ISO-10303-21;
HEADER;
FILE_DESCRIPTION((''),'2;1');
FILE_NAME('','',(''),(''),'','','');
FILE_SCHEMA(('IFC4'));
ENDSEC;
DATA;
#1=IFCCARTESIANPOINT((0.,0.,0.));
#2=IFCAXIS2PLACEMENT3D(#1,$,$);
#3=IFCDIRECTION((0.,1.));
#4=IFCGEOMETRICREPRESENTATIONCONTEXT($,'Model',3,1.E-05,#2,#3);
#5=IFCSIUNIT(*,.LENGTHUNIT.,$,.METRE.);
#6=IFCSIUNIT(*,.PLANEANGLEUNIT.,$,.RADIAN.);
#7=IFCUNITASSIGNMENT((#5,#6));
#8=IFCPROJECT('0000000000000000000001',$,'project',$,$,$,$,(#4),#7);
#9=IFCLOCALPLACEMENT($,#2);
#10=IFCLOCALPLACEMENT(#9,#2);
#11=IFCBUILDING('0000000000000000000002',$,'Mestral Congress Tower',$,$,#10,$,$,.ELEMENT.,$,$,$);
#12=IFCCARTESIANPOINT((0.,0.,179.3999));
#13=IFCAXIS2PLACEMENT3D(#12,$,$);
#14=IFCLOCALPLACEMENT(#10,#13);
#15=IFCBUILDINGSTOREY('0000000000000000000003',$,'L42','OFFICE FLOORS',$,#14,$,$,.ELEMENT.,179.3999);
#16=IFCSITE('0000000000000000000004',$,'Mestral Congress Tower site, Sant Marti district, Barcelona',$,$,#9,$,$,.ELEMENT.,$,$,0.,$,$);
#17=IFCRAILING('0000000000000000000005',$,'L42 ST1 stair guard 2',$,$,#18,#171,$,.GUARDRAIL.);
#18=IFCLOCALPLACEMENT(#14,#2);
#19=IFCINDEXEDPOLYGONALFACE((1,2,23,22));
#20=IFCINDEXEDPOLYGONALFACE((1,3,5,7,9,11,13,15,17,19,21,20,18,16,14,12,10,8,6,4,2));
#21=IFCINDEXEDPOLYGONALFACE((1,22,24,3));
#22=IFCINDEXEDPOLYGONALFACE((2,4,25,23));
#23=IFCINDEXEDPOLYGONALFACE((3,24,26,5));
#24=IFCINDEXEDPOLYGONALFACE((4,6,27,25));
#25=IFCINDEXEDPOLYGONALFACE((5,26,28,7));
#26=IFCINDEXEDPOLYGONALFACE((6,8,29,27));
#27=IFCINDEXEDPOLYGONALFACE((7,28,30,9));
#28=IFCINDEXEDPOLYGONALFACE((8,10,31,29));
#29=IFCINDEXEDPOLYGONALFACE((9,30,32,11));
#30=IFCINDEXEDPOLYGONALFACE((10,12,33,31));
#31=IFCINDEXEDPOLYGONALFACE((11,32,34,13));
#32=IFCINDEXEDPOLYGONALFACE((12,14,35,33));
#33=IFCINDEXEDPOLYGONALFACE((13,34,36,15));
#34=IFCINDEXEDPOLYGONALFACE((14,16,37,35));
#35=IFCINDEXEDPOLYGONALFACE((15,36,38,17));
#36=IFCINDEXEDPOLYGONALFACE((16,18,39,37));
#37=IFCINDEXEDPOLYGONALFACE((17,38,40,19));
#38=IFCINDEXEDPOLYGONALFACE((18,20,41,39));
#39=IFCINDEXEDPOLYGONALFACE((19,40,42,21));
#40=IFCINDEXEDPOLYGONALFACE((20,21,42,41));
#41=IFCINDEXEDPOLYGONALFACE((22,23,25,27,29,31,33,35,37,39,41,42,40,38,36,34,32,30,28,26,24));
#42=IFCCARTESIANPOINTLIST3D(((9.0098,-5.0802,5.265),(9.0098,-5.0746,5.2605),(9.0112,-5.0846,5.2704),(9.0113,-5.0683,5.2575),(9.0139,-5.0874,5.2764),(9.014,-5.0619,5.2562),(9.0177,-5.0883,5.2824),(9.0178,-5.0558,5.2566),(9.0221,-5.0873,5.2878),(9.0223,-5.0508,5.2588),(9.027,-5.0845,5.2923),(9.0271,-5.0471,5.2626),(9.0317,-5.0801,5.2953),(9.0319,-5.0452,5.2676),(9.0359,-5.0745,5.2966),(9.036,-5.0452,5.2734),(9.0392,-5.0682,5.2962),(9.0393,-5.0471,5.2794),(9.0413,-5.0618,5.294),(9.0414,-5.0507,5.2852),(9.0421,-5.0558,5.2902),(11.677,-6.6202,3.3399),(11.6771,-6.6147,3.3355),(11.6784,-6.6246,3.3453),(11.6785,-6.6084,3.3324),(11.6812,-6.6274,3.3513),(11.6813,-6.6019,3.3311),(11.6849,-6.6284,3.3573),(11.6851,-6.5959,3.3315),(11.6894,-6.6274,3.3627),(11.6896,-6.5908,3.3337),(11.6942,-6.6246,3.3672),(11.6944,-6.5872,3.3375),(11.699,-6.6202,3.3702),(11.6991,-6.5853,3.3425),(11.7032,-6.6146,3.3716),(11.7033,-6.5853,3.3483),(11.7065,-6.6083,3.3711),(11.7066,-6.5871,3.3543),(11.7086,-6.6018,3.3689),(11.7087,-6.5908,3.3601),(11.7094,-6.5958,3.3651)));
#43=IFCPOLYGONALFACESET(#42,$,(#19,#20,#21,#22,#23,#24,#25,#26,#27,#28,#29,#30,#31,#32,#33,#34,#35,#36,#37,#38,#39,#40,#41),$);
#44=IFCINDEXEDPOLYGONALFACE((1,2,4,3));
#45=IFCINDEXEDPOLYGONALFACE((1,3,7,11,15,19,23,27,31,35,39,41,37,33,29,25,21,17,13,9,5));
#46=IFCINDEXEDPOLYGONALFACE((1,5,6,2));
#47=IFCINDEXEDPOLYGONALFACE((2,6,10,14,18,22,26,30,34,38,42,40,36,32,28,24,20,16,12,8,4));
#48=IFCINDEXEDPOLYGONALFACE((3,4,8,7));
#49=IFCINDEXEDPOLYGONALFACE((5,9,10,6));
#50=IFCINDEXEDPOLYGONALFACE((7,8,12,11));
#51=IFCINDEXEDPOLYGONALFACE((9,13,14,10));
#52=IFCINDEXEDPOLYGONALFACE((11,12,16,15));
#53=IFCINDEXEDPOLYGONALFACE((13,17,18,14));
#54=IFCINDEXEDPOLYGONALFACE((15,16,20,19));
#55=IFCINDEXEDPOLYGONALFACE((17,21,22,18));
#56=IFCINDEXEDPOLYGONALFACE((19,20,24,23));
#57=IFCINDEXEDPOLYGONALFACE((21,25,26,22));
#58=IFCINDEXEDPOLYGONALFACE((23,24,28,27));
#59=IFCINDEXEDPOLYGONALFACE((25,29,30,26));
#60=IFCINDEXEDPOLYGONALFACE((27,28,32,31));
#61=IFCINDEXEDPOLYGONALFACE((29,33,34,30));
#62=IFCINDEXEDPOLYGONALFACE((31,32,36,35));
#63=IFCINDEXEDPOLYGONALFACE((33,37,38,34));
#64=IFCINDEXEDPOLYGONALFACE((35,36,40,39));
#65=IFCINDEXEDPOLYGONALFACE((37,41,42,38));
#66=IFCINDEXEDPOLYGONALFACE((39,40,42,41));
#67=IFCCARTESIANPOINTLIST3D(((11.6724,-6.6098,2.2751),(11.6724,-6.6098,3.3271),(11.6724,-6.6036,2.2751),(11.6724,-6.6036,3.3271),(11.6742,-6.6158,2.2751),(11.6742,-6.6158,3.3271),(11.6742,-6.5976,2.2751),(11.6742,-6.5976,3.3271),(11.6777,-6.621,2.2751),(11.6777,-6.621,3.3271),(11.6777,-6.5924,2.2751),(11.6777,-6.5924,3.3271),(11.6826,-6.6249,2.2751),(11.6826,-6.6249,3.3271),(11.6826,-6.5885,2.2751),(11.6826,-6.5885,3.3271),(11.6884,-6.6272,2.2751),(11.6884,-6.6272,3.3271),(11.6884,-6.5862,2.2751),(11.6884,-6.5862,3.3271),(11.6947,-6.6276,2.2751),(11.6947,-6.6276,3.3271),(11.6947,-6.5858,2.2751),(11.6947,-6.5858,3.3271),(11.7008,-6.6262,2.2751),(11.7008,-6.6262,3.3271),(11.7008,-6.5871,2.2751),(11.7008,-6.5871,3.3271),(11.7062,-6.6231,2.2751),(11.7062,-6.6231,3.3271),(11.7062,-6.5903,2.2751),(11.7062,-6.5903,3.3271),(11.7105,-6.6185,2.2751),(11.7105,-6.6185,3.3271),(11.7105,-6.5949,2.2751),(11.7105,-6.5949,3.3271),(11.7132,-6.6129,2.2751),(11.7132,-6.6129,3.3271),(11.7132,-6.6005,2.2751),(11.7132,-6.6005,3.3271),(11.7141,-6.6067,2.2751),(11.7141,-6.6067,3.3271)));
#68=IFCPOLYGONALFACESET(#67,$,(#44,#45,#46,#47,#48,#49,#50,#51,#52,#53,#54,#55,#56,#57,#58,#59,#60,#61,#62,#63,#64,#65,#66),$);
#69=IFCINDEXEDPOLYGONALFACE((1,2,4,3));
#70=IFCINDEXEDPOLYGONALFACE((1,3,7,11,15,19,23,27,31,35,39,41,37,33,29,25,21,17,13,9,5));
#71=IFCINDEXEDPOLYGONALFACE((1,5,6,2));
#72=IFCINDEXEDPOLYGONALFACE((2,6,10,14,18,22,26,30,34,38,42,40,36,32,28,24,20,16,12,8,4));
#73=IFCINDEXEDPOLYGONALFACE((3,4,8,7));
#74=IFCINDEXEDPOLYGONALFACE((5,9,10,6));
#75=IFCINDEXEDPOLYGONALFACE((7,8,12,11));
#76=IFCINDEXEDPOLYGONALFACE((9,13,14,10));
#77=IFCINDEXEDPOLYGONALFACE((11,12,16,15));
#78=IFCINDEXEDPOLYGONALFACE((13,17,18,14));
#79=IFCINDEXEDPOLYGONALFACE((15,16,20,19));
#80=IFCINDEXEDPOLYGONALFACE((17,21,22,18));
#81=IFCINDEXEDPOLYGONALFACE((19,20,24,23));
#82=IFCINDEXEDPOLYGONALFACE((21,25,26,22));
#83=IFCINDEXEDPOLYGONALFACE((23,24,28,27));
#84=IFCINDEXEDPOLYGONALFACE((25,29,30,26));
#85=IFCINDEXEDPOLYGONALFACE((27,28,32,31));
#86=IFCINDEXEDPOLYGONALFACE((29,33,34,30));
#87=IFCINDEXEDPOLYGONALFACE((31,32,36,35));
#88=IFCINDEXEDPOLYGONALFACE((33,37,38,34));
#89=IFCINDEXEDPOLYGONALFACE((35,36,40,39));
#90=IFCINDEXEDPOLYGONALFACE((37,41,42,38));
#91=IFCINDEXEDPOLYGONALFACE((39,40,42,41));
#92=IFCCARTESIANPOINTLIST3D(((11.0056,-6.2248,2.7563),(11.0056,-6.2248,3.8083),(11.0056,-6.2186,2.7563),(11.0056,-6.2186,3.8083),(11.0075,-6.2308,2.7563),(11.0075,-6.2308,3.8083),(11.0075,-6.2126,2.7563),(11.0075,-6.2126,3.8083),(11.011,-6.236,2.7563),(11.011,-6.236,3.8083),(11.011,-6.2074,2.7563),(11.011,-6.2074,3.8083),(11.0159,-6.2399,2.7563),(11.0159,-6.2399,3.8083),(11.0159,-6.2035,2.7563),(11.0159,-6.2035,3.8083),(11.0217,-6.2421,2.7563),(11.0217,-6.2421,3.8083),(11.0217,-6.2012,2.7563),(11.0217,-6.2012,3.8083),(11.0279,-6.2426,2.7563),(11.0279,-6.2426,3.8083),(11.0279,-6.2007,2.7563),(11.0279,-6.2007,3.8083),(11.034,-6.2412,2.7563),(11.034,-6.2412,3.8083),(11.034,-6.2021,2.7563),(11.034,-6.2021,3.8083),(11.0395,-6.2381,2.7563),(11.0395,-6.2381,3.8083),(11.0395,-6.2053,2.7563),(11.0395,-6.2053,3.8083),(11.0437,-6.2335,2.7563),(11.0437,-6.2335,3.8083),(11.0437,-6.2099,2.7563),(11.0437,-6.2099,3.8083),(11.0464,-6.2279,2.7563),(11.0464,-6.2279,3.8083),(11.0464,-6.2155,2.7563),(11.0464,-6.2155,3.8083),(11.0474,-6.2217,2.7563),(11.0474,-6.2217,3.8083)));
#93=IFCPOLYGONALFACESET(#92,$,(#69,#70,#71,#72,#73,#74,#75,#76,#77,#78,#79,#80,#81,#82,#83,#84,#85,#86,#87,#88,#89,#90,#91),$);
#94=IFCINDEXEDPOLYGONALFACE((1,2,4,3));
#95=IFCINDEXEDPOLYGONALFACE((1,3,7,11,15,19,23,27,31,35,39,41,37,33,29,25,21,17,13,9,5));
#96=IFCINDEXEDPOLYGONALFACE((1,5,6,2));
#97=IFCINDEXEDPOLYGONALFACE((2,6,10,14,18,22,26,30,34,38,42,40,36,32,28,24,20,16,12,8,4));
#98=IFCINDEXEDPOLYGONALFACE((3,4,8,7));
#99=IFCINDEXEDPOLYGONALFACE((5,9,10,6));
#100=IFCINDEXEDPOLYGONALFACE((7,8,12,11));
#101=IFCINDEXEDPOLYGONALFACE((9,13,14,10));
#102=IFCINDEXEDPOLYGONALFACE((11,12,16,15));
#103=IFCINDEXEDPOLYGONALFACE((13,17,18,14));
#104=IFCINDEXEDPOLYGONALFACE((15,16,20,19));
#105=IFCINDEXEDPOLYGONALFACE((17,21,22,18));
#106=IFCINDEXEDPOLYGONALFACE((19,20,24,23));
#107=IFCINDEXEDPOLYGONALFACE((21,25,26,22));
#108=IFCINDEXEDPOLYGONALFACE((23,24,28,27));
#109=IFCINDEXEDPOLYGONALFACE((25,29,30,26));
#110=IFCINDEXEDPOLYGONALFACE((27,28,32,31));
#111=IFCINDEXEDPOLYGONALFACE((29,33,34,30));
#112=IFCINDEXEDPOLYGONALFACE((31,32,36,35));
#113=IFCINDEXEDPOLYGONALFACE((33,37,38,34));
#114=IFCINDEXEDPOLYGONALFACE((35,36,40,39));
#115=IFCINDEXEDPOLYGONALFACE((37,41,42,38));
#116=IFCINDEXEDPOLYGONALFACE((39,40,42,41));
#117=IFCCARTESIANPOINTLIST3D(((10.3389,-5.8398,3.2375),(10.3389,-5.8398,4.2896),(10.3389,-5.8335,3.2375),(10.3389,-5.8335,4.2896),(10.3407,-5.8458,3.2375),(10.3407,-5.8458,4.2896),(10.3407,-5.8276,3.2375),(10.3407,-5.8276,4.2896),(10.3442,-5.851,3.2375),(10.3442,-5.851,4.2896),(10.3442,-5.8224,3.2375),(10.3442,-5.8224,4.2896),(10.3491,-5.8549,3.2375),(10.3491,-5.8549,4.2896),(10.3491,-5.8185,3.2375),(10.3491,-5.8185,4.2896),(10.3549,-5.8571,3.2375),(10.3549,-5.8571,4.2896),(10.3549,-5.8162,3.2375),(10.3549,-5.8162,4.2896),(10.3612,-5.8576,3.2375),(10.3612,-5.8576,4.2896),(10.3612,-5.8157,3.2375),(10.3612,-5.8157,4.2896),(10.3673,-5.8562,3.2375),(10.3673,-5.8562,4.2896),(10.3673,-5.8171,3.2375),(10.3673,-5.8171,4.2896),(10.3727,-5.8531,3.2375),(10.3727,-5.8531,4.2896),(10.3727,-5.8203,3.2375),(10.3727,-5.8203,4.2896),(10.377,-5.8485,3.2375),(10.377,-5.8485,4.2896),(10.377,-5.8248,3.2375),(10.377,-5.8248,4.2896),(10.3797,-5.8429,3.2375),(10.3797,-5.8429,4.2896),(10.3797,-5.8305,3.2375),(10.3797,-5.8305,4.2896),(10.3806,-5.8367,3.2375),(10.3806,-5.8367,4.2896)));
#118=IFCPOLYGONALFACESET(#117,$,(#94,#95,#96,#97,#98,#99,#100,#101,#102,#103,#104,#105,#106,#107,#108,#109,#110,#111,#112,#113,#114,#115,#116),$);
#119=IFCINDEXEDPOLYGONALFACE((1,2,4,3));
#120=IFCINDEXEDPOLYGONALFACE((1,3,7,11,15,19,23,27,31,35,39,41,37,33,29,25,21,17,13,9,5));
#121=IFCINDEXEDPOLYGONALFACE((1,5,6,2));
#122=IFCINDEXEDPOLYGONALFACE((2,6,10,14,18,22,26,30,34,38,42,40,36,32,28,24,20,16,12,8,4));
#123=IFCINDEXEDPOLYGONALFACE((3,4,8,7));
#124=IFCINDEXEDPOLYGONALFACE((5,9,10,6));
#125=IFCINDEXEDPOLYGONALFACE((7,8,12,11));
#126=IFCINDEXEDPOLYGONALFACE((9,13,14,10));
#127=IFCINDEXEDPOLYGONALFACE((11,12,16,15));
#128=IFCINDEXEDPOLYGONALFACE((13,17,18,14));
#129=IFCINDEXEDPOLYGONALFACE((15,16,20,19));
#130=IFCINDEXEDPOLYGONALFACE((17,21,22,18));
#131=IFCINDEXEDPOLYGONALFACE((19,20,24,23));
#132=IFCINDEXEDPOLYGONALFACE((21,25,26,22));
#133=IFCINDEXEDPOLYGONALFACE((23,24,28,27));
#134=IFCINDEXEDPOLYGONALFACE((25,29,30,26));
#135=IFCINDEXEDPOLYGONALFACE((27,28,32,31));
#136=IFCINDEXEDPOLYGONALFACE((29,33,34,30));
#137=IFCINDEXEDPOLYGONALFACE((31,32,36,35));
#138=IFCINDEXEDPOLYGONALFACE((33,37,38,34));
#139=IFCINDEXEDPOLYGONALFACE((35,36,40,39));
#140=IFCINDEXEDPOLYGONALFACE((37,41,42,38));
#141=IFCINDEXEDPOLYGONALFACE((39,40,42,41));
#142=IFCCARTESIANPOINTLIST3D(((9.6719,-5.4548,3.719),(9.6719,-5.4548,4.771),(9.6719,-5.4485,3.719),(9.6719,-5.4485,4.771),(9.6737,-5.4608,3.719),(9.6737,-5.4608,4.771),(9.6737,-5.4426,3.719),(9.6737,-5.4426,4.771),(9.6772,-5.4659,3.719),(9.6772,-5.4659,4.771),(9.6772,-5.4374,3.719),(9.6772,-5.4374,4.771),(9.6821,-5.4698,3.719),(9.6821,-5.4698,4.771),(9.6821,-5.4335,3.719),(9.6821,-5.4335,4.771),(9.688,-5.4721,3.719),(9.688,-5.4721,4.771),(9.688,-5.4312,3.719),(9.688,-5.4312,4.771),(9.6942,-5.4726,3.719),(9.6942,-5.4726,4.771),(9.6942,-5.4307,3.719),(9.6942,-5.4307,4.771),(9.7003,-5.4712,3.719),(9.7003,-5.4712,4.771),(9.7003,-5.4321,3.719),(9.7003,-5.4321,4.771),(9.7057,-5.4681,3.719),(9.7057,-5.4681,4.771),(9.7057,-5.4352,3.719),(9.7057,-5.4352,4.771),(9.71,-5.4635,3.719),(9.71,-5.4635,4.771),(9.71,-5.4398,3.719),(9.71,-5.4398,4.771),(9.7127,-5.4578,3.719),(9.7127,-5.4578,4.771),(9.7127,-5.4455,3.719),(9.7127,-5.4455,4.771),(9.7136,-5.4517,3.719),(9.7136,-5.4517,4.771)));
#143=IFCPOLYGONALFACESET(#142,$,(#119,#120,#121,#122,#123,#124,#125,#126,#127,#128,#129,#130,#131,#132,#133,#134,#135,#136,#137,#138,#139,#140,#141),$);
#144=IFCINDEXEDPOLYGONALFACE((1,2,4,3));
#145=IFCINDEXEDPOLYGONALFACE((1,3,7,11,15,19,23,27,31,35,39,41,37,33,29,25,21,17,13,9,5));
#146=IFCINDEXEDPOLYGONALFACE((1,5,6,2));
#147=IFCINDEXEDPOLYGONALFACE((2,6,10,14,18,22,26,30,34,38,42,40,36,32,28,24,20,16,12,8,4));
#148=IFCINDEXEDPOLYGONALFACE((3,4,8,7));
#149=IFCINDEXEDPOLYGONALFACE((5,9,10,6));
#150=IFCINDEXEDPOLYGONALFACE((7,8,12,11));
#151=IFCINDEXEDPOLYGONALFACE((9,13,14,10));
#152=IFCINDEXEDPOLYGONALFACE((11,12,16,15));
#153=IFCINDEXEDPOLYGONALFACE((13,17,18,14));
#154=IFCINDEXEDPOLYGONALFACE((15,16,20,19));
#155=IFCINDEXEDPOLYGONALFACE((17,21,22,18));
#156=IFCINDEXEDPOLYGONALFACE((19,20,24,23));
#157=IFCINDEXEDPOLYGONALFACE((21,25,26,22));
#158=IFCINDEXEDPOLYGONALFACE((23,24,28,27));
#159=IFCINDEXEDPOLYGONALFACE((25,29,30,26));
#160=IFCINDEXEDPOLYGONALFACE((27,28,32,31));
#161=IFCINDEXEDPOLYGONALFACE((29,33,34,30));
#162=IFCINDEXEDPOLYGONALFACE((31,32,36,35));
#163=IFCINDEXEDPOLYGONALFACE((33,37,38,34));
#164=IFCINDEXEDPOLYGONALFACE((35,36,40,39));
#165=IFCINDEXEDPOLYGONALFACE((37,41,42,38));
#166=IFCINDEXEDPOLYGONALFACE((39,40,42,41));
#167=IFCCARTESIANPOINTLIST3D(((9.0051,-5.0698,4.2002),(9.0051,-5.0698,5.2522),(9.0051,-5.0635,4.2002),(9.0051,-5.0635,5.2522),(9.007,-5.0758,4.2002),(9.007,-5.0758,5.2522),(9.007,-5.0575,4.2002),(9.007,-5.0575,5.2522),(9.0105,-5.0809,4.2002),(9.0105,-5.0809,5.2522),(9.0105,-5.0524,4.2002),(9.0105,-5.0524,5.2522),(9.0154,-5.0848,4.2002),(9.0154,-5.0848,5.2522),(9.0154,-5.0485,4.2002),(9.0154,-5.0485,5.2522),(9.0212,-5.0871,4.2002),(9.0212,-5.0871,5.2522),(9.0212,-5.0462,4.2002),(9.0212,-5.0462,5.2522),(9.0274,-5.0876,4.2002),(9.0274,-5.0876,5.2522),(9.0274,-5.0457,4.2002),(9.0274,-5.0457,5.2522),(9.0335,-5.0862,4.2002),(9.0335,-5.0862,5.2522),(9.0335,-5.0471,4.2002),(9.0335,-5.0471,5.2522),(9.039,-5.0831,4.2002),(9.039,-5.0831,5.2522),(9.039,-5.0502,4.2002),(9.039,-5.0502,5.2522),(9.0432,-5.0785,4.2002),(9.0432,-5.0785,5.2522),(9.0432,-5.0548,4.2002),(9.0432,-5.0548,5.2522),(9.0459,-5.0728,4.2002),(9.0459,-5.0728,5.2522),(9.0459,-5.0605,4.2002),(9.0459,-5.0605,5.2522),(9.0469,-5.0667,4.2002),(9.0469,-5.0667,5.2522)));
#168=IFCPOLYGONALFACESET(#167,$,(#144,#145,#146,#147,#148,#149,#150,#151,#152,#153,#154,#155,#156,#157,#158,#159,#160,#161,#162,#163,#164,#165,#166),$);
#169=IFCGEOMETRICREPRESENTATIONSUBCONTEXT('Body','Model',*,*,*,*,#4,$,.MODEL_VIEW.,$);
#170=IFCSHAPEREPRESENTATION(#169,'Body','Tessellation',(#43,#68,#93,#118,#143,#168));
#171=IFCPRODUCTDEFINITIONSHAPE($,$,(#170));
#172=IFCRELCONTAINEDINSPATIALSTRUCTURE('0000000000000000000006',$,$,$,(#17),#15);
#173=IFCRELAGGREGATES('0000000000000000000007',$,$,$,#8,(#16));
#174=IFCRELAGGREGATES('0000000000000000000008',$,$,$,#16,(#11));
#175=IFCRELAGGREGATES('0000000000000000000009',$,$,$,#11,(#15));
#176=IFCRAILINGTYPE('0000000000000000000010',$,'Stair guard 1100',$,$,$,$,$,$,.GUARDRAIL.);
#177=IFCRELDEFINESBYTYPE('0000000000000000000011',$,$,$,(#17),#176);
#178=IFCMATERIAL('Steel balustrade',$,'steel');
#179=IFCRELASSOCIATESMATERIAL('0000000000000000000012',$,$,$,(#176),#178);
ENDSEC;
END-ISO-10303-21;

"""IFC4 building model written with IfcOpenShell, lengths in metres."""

from ifc_helpers import new_model, si_unit, direction, frame, origin, origin_2d, place, context, subcontext, project, spatial, circle, extrude, material, type_object, element, save


model = new_model("IFC4")

# Units and contexts
model_context = context("Model", 3, precision=1e-05, world=origin(), true_north=direction((0.0, 1.0)))
body_context = subcontext(model_context, "Body", "Model", "MODEL_VIEW")
ifc_project = project(units=[si_unit("LENGTHUNIT", "METRE"), si_unit("PLANEANGLEUNIT", "RADIAN")], contexts=[model_context])

# Site, building, storey
site_placement = place(None, origin())
site = spatial("IfcSite", under=ifc_project, at=site_placement, Name="Mestral Congress Tower site, Sant Marti district, Barcelona", CompositionType="ELEMENT", RefElevation=0.0)
building_placement = place(site_placement, origin())
building = spatial("IfcBuilding", under=site, at=building_placement, Name="Mestral Congress Tower", CompositionType="ELEMENT")
storey_placement = place(building_placement, frame((0.0, 0.0, 179.3999)))
storey = spatial("IfcBuildingStorey", under=building, at=storey_placement, Name="L42", Description="OFFICE FLOORS", CompositionType="ELEMENT", Elevation=179.3999)

# Railing
ifc_material_1 = material(Name="Steel balustrade", Category="steel")
railing_type_1 = type_object("IfcRailingType", Name="Stair guard 1100", PredefinedType="GUARDRAIL", material=ifc_material_1)
railing_1_placement = place(storey_placement, frame((11.6931, -6.6067, 2.2751)))
element("IfcRailing", 1, at=railing_1_placement, inside=storey, type_object=railing_type_1, Name="L42 ST1 stair guard 2", PredefinedType="GUARDRAIL", context=body_context, shape_type="SweptSolid", body=[
    extrude(circle(Radius=0.0239, at=origin_2d()), frame((0.0, 0.0, 1.0762), z_axis=(-0.734364, 0.424015, 0.530019), x_axis=(-0.500027, -0.86601, 0.0)), (0.0, 0.0, 1.0), 3.6321),
    extrude(circle(Radius=0.021, at=origin_2d()), origin(), (0.0, 0.0, 1.0), 1.052),
    extrude(circle(Radius=0.021, at=origin_2d()), frame((-0.6667, 0.385, 0.4812)), (0.0, 0.0, 1.0), 1.052),
    extrude(circle(Radius=0.021, at=origin_2d()), frame((-1.3335, 0.77, 0.9624)), (0.0, 0.0, 1.0), 1.052),
    extrude(circle(Radius=0.021, at=origin_2d()), frame((-2.0005, 1.155, 1.4438)), (0.0, 0.0, 1.0), 1.052),
    extrude(circle(Radius=0.021, at=origin_2d()), frame((-2.6672, 1.54, 1.925)), (0.0, 0.0, 1.0), 1.052),
])

save(model, "model.ifc")
